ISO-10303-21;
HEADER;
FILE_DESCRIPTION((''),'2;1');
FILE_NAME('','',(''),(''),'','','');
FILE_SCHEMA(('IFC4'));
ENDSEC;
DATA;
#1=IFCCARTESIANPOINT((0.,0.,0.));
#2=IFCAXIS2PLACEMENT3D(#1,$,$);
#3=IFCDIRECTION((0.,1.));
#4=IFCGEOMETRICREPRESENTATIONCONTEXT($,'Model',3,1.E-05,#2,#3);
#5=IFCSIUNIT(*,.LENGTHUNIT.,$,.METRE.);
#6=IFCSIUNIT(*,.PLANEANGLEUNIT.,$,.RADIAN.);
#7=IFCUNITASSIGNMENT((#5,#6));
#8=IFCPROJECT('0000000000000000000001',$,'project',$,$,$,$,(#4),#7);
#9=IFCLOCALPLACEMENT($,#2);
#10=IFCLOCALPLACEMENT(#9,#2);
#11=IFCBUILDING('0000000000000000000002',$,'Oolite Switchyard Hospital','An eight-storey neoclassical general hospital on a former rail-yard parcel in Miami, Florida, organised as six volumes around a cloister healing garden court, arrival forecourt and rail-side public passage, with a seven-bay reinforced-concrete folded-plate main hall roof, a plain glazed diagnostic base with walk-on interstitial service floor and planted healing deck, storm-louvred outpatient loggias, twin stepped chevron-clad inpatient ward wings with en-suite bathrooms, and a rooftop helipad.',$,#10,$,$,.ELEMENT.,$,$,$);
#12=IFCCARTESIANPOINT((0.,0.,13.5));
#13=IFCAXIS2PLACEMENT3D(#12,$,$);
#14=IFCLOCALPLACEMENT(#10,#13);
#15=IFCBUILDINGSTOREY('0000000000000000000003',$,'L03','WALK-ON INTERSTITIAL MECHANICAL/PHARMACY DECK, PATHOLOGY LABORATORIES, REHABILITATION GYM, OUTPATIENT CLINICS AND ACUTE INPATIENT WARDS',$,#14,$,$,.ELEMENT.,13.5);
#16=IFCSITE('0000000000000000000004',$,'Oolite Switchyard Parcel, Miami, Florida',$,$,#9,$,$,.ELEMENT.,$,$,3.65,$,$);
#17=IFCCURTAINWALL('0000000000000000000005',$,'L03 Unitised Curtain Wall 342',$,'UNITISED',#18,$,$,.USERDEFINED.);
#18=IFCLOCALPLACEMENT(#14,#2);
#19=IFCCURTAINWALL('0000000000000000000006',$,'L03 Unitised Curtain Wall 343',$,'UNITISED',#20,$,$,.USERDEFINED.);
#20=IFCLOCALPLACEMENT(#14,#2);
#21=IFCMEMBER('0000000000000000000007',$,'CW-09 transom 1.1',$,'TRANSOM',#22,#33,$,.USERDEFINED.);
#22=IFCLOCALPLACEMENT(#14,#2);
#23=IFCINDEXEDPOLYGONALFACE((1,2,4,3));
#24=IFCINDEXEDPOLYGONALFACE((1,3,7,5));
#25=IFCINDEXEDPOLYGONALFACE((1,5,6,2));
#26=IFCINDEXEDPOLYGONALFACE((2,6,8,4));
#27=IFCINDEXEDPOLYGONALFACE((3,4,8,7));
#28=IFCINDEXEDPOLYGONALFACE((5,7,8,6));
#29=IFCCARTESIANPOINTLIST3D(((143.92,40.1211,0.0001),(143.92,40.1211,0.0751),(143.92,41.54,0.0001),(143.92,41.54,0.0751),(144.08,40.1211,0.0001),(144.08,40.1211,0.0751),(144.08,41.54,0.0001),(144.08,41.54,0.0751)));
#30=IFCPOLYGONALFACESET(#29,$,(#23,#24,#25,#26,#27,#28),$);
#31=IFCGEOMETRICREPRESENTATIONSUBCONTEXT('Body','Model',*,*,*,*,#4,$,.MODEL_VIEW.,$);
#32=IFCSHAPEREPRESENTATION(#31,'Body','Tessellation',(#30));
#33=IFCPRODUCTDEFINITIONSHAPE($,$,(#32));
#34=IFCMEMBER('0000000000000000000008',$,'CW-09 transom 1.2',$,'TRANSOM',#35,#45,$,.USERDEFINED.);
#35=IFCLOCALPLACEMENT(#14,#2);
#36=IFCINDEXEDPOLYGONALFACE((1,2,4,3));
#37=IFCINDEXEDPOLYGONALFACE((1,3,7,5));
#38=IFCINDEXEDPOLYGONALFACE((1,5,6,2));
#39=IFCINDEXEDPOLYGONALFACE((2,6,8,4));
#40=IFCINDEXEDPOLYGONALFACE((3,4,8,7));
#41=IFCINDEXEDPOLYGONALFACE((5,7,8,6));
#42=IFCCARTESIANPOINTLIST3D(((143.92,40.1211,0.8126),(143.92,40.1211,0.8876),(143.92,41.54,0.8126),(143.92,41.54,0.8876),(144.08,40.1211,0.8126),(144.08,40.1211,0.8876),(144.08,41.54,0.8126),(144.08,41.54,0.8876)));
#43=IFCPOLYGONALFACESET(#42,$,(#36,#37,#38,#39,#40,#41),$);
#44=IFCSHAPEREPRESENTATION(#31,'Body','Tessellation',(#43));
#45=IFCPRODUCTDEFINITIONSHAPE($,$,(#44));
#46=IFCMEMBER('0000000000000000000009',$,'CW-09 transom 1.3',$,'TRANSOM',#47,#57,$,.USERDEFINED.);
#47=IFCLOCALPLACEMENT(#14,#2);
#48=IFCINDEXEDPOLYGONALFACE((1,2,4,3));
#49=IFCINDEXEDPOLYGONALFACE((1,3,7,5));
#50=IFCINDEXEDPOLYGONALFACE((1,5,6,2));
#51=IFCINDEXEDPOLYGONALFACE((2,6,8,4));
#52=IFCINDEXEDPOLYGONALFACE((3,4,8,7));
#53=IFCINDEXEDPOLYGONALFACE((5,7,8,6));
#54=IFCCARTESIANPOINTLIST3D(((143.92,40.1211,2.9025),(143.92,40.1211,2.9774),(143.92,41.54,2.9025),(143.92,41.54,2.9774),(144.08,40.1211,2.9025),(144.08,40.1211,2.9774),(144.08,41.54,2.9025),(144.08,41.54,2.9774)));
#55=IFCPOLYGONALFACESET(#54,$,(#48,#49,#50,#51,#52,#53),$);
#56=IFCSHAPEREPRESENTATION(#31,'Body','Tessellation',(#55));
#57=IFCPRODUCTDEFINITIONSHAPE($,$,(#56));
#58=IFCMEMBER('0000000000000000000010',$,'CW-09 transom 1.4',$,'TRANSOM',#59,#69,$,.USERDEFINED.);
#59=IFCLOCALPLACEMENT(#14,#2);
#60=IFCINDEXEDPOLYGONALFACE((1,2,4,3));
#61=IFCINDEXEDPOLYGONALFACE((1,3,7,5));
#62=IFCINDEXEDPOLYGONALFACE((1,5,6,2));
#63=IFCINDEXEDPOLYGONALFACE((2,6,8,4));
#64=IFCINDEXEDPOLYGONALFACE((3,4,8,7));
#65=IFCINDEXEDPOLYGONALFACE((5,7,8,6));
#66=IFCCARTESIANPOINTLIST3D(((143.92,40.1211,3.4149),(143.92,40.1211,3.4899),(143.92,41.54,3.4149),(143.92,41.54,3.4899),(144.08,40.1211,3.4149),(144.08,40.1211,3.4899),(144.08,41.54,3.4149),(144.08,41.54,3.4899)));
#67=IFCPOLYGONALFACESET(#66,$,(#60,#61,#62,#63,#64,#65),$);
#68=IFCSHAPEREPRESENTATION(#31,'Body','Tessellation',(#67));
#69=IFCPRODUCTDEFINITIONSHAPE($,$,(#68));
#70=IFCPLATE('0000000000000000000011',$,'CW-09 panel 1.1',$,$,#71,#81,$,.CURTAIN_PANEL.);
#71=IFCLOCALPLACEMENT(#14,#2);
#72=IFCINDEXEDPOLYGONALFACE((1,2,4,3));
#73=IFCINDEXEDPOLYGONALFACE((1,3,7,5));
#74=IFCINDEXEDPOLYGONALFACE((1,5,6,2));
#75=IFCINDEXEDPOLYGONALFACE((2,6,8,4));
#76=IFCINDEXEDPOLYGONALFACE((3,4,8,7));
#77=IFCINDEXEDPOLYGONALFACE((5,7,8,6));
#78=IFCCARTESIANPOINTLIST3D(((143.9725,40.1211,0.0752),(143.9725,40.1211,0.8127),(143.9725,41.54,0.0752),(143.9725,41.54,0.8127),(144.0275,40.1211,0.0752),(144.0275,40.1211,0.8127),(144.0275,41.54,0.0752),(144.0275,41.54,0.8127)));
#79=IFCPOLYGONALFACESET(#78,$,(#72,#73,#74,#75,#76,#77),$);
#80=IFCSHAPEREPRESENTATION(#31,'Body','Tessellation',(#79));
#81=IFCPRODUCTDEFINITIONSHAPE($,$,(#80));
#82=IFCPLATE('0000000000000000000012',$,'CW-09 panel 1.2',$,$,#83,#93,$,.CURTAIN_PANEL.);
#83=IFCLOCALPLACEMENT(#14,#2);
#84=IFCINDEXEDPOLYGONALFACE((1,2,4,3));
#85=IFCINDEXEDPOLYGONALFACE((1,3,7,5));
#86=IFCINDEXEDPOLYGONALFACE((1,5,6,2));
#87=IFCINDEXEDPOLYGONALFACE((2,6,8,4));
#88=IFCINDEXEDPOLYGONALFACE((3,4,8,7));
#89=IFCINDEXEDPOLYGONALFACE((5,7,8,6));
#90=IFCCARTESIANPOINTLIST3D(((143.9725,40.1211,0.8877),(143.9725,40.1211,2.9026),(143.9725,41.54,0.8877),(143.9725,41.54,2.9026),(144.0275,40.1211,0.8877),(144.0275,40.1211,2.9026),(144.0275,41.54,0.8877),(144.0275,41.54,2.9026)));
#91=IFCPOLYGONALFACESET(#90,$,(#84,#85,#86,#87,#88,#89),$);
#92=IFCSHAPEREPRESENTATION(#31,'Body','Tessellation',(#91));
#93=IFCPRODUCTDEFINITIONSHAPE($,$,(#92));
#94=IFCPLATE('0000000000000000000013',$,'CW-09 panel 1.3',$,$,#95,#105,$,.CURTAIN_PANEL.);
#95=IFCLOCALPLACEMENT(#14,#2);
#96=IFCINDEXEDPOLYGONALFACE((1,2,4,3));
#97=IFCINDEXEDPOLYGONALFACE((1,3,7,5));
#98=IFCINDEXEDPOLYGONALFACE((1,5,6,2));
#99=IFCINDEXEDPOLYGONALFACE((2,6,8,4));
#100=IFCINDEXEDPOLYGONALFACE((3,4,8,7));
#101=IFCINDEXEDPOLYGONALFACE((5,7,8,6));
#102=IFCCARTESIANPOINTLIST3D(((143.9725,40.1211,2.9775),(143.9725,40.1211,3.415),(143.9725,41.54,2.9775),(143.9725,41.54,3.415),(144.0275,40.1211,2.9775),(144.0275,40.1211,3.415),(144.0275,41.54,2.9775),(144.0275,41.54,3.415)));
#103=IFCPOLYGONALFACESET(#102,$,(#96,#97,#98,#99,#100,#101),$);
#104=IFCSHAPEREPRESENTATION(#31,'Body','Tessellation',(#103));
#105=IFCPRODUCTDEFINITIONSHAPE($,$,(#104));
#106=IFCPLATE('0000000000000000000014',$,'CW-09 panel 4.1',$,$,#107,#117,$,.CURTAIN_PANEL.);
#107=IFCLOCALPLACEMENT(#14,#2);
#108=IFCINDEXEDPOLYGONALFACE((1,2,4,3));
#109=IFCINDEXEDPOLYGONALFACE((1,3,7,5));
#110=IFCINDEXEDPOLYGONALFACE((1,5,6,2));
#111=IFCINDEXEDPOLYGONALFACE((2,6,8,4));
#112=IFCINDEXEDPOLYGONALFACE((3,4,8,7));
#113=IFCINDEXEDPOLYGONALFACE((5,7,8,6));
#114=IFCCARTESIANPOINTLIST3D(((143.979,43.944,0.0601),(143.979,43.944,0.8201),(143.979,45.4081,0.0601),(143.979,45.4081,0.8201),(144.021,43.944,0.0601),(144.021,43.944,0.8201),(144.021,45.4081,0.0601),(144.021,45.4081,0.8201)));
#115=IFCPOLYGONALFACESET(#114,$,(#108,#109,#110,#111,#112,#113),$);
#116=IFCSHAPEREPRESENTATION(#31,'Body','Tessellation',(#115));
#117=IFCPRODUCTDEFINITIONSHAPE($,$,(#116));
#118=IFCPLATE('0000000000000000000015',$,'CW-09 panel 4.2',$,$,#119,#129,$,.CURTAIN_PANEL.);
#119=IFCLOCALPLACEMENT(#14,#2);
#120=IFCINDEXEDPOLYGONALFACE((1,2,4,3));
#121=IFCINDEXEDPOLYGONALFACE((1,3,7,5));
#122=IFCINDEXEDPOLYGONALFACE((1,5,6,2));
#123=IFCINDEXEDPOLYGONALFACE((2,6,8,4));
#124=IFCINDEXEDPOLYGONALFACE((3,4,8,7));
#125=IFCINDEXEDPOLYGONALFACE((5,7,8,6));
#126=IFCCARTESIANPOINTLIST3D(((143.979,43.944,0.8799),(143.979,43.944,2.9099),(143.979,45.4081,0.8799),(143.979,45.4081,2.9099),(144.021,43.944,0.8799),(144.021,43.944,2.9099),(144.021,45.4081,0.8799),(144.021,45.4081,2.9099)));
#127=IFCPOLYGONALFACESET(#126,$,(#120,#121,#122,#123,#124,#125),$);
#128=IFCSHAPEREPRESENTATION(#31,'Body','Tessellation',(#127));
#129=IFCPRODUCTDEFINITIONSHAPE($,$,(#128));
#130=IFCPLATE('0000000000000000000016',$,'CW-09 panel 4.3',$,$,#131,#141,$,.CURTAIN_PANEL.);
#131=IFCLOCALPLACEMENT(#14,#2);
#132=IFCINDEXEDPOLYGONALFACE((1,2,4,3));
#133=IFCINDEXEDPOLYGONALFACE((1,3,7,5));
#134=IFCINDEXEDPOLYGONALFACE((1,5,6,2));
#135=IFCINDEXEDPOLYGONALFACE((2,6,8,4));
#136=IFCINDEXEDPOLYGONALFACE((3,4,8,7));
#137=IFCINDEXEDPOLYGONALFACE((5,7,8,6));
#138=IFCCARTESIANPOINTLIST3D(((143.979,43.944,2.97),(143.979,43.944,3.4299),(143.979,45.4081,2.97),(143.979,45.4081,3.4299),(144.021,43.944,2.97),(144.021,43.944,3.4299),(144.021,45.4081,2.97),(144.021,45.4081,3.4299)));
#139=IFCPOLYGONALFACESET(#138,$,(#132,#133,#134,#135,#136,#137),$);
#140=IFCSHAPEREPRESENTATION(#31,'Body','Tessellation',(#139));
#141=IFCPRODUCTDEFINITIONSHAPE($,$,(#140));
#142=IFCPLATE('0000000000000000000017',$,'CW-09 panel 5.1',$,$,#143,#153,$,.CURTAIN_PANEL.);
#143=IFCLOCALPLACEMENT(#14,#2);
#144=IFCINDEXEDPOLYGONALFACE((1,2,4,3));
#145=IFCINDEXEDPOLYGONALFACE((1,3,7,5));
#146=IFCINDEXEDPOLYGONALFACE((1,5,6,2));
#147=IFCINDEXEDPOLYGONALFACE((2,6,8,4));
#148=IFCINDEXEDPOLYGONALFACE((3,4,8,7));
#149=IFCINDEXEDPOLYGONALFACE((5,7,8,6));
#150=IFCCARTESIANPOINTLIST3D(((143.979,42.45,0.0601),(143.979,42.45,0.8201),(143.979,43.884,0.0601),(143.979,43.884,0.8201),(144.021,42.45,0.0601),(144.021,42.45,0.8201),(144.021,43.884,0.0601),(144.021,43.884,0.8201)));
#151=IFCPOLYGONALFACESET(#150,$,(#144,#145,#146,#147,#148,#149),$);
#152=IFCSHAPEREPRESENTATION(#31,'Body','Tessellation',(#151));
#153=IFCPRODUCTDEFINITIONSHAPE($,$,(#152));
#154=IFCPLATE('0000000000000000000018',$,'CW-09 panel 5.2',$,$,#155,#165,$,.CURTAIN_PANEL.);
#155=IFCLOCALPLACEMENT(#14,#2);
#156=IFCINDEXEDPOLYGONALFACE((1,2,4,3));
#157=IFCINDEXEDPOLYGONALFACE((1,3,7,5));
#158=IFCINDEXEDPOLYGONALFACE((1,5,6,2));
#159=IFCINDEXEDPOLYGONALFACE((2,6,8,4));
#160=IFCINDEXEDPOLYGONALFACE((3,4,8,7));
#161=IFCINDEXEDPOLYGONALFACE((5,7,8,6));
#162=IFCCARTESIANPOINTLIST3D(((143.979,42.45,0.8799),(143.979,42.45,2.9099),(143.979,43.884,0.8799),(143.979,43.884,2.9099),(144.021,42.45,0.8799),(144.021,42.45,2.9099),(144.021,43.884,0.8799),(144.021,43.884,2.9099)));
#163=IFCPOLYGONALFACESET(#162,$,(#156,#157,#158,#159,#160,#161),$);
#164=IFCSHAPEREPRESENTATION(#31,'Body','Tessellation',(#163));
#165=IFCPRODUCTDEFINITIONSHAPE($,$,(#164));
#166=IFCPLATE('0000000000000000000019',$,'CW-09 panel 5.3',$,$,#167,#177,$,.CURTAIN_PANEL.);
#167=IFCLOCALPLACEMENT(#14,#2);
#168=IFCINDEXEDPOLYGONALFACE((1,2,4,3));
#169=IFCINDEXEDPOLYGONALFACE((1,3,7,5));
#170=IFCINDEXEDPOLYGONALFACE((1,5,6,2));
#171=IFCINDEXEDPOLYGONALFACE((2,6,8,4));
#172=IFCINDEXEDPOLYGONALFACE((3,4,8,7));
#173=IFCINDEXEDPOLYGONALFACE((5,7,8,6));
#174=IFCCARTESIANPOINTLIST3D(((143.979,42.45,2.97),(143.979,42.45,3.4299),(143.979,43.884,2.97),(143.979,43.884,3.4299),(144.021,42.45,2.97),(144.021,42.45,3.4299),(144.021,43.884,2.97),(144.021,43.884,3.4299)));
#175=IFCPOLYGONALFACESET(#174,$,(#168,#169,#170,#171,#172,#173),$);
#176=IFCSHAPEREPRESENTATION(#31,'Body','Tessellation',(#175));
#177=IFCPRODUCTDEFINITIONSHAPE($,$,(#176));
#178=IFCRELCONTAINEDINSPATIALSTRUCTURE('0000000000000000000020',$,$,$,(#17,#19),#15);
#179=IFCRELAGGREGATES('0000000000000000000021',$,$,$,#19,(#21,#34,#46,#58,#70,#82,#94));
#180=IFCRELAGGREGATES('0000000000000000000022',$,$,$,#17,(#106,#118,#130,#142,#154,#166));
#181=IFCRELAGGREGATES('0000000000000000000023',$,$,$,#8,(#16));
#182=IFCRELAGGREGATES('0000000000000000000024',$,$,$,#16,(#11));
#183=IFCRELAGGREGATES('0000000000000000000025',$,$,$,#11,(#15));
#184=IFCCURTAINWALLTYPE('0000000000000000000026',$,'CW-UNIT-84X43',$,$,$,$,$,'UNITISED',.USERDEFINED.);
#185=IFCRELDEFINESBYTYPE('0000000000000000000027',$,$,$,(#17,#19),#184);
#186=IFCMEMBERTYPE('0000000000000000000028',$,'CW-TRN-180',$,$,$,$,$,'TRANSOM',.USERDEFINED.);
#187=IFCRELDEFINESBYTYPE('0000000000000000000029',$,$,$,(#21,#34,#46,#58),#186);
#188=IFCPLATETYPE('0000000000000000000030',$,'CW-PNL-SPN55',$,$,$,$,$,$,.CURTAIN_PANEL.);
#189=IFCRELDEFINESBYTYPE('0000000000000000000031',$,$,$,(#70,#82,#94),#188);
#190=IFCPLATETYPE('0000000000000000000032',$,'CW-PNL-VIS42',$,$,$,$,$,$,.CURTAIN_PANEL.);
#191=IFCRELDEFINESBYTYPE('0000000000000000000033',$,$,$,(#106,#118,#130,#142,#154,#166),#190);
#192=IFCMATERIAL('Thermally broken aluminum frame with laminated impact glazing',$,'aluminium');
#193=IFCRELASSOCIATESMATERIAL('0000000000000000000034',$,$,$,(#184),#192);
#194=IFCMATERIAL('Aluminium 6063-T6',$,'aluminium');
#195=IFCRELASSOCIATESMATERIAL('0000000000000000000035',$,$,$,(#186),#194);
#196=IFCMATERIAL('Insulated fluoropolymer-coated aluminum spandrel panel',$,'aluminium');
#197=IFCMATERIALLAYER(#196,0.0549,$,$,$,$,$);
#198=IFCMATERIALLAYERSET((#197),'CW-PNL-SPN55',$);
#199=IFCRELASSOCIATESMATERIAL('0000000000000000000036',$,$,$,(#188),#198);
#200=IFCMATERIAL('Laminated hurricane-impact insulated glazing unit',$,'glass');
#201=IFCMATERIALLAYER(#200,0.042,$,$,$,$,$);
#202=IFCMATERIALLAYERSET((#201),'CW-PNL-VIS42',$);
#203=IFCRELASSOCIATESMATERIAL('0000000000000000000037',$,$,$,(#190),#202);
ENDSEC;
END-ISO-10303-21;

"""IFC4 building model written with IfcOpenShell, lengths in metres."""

from ifc_helpers import new_model, si_unit, direction, frame, origin, origin_2d, place, context, subcontext, project, spatial, rectangle, extrude, material, layer, layer_set, material_profile, profile_set, type_object, element, aggregate, save


model = new_model("IFC4")

# Units and contexts
model_context = context("Model", 3, precision=1e-05, world=origin(), true_north=direction((0.0, 1.0)))
body_context = subcontext(model_context, "Body", "Model", "MODEL_VIEW")
ifc_project = project(units=[si_unit("LENGTHUNIT", "METRE"), si_unit("PLANEANGLEUNIT", "RADIAN")], contexts=[model_context])

# Site, building, storey
site_placement = place(None, origin())
site = spatial("IfcSite", under=ifc_project, at=site_placement, Name="Oolite Switchyard Parcel, Miami, Florida", CompositionType="ELEMENT", RefElevation=3.65)
building_placement = place(site_placement, origin())
building = spatial("IfcBuilding", under=site, at=building_placement, Name="Oolite Switchyard Hospital", Description="An eight-storey neoclassical general hospital on a former rail-yard parcel in Miami, Florida, organised as six volumes around a cloister healing garden court, arrival forecourt and rail-side public passage, with a seven-bay reinforced-concrete folded-plate main hall roof, a plain glazed diagnostic base with walk-on interstitial service floor and planted healing deck, storm-louvred outpatient loggias, twin stepped chevron-clad inpatient ward wings with en-suite bathrooms, and a rooftop helipad.", CompositionType="ELEMENT")
storey_placement = place(building_placement, frame((0.0, 0.0, 13.5)))
storey = spatial("IfcBuildingStorey", under=building, at=storey_placement, Name="L03", Description="WALK-ON INTERSTITIAL MECHANICAL/PHARMACY DECK, PATHOLOGY LABORATORIES, REHABILITATION GYM, OUTPATIENT CLINICS AND ACUTE INPATIENT WARDS", CompositionType="ELEMENT", Elevation=13.5)

# Curtain walls
ifc_material_1 = material(Name="Thermally broken aluminum frame with laminated impact glazing", Category="aluminium")
curtain_wall_type = type_object("IfcCurtainWallType", Name="CW-UNIT-84X43", ElementType="UNITISED", PredefinedType="USERDEFINED", material=ifc_material_1)
curtain_wall_1_placement = place(storey_placement, origin())
curtain_wall_1 = element("IfcCurtainWall", 1, at=curtain_wall_1_placement, inside=storey, type_object=curtain_wall_type, Name="L03 Unitised Curtain Wall 342", ObjectType="UNITISED", PredefinedType="USERDEFINED")
ifc_material_2 = material(Name="Aluminium 6063-T6", Category="aluminium")
curtain_wall_2_placement = place(storey_placement, origin())
curtain_wall_2 = element("IfcCurtainWall", 2, at=curtain_wall_2_placement, inside=storey, type_object=curtain_wall_type, Name="L03 Unitised Curtain Wall 343", ObjectType="UNITISED", PredefinedType="USERDEFINED")

# Members
ifc_material_profile_1 = material_profile(ifc_material_2, rectangle(XDim=0.1599, YDim=0.075, at=origin_2d()), Name="CWT75X160")
ifc_profile_set_1 = profile_set([ifc_material_profile_1], Name="Aluminium 6063-T6")
member_type_1 = type_object("IfcMemberType", Name="CW-TRN-180", ElementType="TRANSOM", PredefinedType="USERDEFINED", material=ifc_profile_set_1)
member_1_placement = place(storey_placement, frame((144.0, 41.54, 0.0376), z_axis=(0.0, -1.0, 0.0), x_axis=(1.0, 0.0, 0.0)))
member_1 = element("IfcMember", 3, at=member_1_placement, type_object=member_type_1, Name="CW-09 transom 1.1", ObjectType="TRANSOM", PredefinedType="USERDEFINED", context=body_context, shape_type="SweptSolid", body=[
    extrude(rectangle(XDim=0.1599, YDim=0.075, at=origin_2d()), origin(), (0.0, 0.0, 1.0), 1.4189),
])
member_2_placement = place(storey_placement, frame((144.0, 41.54, 0.8501), z_axis=(0.0, -1.0, 0.0), x_axis=(1.0, 0.0, 0.0)))
member_2 = element("IfcMember", 4, at=member_2_placement, type_object=member_type_1, Name="CW-09 transom 1.2", ObjectType="TRANSOM", PredefinedType="USERDEFINED", context=body_context, shape_type="SweptSolid", body=[
    extrude(rectangle(XDim=0.1599, YDim=0.075, at=origin_2d()), origin(), (0.0, 0.0, 1.0), 1.4189),
])
member_3_placement = place(storey_placement, frame((144.0, 41.54, 2.9399), z_axis=(0.0, -1.0, 0.0), x_axis=(1.0, 0.0, 0.0)))
member_3 = element("IfcMember", 5, at=member_3_placement, type_object=member_type_1, Name="CW-09 transom 1.3", ObjectType="TRANSOM", PredefinedType="USERDEFINED", context=body_context, shape_type="SweptSolid", body=[
    extrude(rectangle(XDim=0.1599, YDim=0.075, at=origin_2d()), origin(), (0.0, 0.0, 1.0), 1.4189),
])
member_4_placement = place(storey_placement, frame((144.0, 41.54, 3.4524), z_axis=(0.0, -1.0, 0.0), x_axis=(1.0, 0.0, 0.0)))
member_4 = element("IfcMember", 6, at=member_4_placement, type_object=member_type_1, Name="CW-09 transom 1.4", ObjectType="TRANSOM", PredefinedType="USERDEFINED", context=body_context, shape_type="SweptSolid", body=[
    extrude(rectangle(XDim=0.1599, YDim=0.075, at=origin_2d()), origin(), (0.0, 0.0, 1.0), 1.4189),
])

# Plates
ifc_material_3 = material(Name="Insulated fluoropolymer-coated aluminum spandrel panel", Category="aluminium")
ifc_layer_1 = layer(ifc_material_3, 0.0549)
ifc_layer_set_1 = layer_set([ifc_layer_1], Name="CW-PNL-SPN55")
plate_type_1 = type_object("IfcPlateType", Name="CW-PNL-SPN55", PredefinedType="CURTAIN_PANEL", material=ifc_layer_set_1)
plate_1_placement = place(storey_placement, frame((144.0, 40.8306, 0.0752), z_axis=(0.0, 0.0, 1.0), x_axis=(0.0, -1.0, 0.0)))
plate_1 = element("IfcPlate", 7, at=plate_1_placement, type_object=plate_type_1, Name="CW-09 panel 1.1", PredefinedType="CURTAIN_PANEL", context=body_context, shape_type="SweptSolid", body=[
    extrude(rectangle(XDim=1.4189, YDim=0.0549, at=origin_2d()), origin(), (0.0, 0.0, 1.0), 0.7375),
])
plate_2_placement = place(storey_placement, frame((144.0, 40.8306, 0.8877), z_axis=(0.0, 0.0, 1.0), x_axis=(0.0, -1.0, 0.0)))
plate_2 = element("IfcPlate", 8, at=plate_2_placement, type_object=plate_type_1, Name="CW-09 panel 1.2", PredefinedType="CURTAIN_PANEL", context=body_context, shape_type="SweptSolid", body=[
    extrude(rectangle(XDim=1.4189, YDim=0.0549, at=origin_2d()), origin(), (0.0, 0.0, 1.0), 2.0149),
])
plate_3_placement = place(storey_placement, frame((144.0, 40.8306, 2.9775), z_axis=(0.0, 0.0, 1.0), x_axis=(0.0, -1.0, 0.0)))
plate_3 = element("IfcPlate", 9, at=plate_3_placement, type_object=plate_type_1, Name="CW-09 panel 1.3", PredefinedType="CURTAIN_PANEL", context=body_context, shape_type="SweptSolid", body=[
    extrude(rectangle(XDim=1.4189, YDim=0.0549, at=origin_2d()), origin(), (0.0, 0.0, 1.0), 0.4375),
])
aggregate(curtain_wall_2, [member_1, member_2, member_3, member_4, plate_1, plate_2, plate_3])
ifc_material_4 = material(Name="Laminated hurricane-impact insulated glazing unit", Category="glass")
ifc_layer_2 = layer(ifc_material_4, 0.042)
ifc_layer_set_2 = layer_set([ifc_layer_2], Name="CW-PNL-VIS42")
plate_type_2 = type_object("IfcPlateType", Name="CW-PNL-VIS42", PredefinedType="CURTAIN_PANEL", material=ifc_layer_set_2)
plate_4_placement = place(storey_placement, frame((144.0, 44.676, 0.0601), z_axis=(0.0, 0.0, 1.0), x_axis=(0.0, -1.0, 0.0)))
plate_4 = element("IfcPlate", 10, at=plate_4_placement, type_object=plate_type_2, Name="CW-09 panel 4.1", PredefinedType="CURTAIN_PANEL", context=body_context, shape_type="SweptSolid", body=[
    extrude(rectangle(XDim=1.4641, YDim=0.042, at=origin_2d()), origin(), (0.0, 0.0, 1.0), 0.76),
])
plate_5_placement = place(storey_placement, frame((144.0, 44.676, 0.8799), z_axis=(0.0, 0.0, 1.0), x_axis=(0.0, -1.0, 0.0)))
plate_5 = element("IfcPlate", 11, at=plate_5_placement, type_object=plate_type_2, Name="CW-09 panel 4.2", PredefinedType="CURTAIN_PANEL", context=body_context, shape_type="SweptSolid", body=[
    extrude(rectangle(XDim=1.4641, YDim=0.042, at=origin_2d()), origin(), (0.0, 0.0, 1.0), 2.03),
])
plate_6_placement = place(storey_placement, frame((144.0, 44.676, 2.97), z_axis=(0.0, 0.0, 1.0), x_axis=(0.0, -1.0, 0.0)))
plate_6 = element("IfcPlate", 12, at=plate_6_placement, type_object=plate_type_2, Name="CW-09 panel 4.3", PredefinedType="CURTAIN_PANEL", context=body_context, shape_type="SweptSolid", body=[
    extrude(rectangle(XDim=1.4641, YDim=0.042, at=origin_2d()), origin(), (0.0, 0.0, 1.0), 0.46),
])
plate_7_placement = place(storey_placement, frame((144.0, 43.167, 0.0601), z_axis=(0.0, 0.0, 1.0), x_axis=(0.0, -1.0, 0.0)))
plate_7 = element("IfcPlate", 13, at=plate_7_placement, type_object=plate_type_2, Name="CW-09 panel 5.1", PredefinedType="CURTAIN_PANEL", context=body_context, shape_type="SweptSolid", body=[
    extrude(rectangle(XDim=1.4341, YDim=0.042, at=origin_2d()), origin(), (0.0, 0.0, 1.0), 0.76),
])
plate_8_placement = place(storey_placement, frame((144.0, 43.167, 0.8799), z_axis=(0.0, 0.0, 1.0), x_axis=(0.0, -1.0, 0.0)))
plate_8 = element("IfcPlate", 14, at=plate_8_placement, type_object=plate_type_2, Name="CW-09 panel 5.2", PredefinedType="CURTAIN_PANEL", context=body_context, shape_type="SweptSolid", body=[
    extrude(rectangle(XDim=1.4341, YDim=0.042, at=origin_2d()), origin(), (0.0, 0.0, 1.0), 2.03),
])
plate_9_placement = place(storey_placement, frame((144.0, 43.167, 2.97), z_axis=(0.0, 0.0, 1.0), x_axis=(0.0, -1.0, 0.0)))
plate_9 = element("IfcPlate", 15, at=plate_9_placement, type_object=plate_type_2, Name="CW-09 panel 5.3", PredefinedType="CURTAIN_PANEL", context=body_context, shape_type="SweptSolid", body=[
    extrude(rectangle(XDim=1.4341, YDim=0.042, at=origin_2d()), origin(), (0.0, 0.0, 1.0), 0.46),
])
aggregate(curtain_wall_1, [plate_4, plate_5, plate_6, plate_7, plate_8, plate_9])

save(model, "model.ifc")
